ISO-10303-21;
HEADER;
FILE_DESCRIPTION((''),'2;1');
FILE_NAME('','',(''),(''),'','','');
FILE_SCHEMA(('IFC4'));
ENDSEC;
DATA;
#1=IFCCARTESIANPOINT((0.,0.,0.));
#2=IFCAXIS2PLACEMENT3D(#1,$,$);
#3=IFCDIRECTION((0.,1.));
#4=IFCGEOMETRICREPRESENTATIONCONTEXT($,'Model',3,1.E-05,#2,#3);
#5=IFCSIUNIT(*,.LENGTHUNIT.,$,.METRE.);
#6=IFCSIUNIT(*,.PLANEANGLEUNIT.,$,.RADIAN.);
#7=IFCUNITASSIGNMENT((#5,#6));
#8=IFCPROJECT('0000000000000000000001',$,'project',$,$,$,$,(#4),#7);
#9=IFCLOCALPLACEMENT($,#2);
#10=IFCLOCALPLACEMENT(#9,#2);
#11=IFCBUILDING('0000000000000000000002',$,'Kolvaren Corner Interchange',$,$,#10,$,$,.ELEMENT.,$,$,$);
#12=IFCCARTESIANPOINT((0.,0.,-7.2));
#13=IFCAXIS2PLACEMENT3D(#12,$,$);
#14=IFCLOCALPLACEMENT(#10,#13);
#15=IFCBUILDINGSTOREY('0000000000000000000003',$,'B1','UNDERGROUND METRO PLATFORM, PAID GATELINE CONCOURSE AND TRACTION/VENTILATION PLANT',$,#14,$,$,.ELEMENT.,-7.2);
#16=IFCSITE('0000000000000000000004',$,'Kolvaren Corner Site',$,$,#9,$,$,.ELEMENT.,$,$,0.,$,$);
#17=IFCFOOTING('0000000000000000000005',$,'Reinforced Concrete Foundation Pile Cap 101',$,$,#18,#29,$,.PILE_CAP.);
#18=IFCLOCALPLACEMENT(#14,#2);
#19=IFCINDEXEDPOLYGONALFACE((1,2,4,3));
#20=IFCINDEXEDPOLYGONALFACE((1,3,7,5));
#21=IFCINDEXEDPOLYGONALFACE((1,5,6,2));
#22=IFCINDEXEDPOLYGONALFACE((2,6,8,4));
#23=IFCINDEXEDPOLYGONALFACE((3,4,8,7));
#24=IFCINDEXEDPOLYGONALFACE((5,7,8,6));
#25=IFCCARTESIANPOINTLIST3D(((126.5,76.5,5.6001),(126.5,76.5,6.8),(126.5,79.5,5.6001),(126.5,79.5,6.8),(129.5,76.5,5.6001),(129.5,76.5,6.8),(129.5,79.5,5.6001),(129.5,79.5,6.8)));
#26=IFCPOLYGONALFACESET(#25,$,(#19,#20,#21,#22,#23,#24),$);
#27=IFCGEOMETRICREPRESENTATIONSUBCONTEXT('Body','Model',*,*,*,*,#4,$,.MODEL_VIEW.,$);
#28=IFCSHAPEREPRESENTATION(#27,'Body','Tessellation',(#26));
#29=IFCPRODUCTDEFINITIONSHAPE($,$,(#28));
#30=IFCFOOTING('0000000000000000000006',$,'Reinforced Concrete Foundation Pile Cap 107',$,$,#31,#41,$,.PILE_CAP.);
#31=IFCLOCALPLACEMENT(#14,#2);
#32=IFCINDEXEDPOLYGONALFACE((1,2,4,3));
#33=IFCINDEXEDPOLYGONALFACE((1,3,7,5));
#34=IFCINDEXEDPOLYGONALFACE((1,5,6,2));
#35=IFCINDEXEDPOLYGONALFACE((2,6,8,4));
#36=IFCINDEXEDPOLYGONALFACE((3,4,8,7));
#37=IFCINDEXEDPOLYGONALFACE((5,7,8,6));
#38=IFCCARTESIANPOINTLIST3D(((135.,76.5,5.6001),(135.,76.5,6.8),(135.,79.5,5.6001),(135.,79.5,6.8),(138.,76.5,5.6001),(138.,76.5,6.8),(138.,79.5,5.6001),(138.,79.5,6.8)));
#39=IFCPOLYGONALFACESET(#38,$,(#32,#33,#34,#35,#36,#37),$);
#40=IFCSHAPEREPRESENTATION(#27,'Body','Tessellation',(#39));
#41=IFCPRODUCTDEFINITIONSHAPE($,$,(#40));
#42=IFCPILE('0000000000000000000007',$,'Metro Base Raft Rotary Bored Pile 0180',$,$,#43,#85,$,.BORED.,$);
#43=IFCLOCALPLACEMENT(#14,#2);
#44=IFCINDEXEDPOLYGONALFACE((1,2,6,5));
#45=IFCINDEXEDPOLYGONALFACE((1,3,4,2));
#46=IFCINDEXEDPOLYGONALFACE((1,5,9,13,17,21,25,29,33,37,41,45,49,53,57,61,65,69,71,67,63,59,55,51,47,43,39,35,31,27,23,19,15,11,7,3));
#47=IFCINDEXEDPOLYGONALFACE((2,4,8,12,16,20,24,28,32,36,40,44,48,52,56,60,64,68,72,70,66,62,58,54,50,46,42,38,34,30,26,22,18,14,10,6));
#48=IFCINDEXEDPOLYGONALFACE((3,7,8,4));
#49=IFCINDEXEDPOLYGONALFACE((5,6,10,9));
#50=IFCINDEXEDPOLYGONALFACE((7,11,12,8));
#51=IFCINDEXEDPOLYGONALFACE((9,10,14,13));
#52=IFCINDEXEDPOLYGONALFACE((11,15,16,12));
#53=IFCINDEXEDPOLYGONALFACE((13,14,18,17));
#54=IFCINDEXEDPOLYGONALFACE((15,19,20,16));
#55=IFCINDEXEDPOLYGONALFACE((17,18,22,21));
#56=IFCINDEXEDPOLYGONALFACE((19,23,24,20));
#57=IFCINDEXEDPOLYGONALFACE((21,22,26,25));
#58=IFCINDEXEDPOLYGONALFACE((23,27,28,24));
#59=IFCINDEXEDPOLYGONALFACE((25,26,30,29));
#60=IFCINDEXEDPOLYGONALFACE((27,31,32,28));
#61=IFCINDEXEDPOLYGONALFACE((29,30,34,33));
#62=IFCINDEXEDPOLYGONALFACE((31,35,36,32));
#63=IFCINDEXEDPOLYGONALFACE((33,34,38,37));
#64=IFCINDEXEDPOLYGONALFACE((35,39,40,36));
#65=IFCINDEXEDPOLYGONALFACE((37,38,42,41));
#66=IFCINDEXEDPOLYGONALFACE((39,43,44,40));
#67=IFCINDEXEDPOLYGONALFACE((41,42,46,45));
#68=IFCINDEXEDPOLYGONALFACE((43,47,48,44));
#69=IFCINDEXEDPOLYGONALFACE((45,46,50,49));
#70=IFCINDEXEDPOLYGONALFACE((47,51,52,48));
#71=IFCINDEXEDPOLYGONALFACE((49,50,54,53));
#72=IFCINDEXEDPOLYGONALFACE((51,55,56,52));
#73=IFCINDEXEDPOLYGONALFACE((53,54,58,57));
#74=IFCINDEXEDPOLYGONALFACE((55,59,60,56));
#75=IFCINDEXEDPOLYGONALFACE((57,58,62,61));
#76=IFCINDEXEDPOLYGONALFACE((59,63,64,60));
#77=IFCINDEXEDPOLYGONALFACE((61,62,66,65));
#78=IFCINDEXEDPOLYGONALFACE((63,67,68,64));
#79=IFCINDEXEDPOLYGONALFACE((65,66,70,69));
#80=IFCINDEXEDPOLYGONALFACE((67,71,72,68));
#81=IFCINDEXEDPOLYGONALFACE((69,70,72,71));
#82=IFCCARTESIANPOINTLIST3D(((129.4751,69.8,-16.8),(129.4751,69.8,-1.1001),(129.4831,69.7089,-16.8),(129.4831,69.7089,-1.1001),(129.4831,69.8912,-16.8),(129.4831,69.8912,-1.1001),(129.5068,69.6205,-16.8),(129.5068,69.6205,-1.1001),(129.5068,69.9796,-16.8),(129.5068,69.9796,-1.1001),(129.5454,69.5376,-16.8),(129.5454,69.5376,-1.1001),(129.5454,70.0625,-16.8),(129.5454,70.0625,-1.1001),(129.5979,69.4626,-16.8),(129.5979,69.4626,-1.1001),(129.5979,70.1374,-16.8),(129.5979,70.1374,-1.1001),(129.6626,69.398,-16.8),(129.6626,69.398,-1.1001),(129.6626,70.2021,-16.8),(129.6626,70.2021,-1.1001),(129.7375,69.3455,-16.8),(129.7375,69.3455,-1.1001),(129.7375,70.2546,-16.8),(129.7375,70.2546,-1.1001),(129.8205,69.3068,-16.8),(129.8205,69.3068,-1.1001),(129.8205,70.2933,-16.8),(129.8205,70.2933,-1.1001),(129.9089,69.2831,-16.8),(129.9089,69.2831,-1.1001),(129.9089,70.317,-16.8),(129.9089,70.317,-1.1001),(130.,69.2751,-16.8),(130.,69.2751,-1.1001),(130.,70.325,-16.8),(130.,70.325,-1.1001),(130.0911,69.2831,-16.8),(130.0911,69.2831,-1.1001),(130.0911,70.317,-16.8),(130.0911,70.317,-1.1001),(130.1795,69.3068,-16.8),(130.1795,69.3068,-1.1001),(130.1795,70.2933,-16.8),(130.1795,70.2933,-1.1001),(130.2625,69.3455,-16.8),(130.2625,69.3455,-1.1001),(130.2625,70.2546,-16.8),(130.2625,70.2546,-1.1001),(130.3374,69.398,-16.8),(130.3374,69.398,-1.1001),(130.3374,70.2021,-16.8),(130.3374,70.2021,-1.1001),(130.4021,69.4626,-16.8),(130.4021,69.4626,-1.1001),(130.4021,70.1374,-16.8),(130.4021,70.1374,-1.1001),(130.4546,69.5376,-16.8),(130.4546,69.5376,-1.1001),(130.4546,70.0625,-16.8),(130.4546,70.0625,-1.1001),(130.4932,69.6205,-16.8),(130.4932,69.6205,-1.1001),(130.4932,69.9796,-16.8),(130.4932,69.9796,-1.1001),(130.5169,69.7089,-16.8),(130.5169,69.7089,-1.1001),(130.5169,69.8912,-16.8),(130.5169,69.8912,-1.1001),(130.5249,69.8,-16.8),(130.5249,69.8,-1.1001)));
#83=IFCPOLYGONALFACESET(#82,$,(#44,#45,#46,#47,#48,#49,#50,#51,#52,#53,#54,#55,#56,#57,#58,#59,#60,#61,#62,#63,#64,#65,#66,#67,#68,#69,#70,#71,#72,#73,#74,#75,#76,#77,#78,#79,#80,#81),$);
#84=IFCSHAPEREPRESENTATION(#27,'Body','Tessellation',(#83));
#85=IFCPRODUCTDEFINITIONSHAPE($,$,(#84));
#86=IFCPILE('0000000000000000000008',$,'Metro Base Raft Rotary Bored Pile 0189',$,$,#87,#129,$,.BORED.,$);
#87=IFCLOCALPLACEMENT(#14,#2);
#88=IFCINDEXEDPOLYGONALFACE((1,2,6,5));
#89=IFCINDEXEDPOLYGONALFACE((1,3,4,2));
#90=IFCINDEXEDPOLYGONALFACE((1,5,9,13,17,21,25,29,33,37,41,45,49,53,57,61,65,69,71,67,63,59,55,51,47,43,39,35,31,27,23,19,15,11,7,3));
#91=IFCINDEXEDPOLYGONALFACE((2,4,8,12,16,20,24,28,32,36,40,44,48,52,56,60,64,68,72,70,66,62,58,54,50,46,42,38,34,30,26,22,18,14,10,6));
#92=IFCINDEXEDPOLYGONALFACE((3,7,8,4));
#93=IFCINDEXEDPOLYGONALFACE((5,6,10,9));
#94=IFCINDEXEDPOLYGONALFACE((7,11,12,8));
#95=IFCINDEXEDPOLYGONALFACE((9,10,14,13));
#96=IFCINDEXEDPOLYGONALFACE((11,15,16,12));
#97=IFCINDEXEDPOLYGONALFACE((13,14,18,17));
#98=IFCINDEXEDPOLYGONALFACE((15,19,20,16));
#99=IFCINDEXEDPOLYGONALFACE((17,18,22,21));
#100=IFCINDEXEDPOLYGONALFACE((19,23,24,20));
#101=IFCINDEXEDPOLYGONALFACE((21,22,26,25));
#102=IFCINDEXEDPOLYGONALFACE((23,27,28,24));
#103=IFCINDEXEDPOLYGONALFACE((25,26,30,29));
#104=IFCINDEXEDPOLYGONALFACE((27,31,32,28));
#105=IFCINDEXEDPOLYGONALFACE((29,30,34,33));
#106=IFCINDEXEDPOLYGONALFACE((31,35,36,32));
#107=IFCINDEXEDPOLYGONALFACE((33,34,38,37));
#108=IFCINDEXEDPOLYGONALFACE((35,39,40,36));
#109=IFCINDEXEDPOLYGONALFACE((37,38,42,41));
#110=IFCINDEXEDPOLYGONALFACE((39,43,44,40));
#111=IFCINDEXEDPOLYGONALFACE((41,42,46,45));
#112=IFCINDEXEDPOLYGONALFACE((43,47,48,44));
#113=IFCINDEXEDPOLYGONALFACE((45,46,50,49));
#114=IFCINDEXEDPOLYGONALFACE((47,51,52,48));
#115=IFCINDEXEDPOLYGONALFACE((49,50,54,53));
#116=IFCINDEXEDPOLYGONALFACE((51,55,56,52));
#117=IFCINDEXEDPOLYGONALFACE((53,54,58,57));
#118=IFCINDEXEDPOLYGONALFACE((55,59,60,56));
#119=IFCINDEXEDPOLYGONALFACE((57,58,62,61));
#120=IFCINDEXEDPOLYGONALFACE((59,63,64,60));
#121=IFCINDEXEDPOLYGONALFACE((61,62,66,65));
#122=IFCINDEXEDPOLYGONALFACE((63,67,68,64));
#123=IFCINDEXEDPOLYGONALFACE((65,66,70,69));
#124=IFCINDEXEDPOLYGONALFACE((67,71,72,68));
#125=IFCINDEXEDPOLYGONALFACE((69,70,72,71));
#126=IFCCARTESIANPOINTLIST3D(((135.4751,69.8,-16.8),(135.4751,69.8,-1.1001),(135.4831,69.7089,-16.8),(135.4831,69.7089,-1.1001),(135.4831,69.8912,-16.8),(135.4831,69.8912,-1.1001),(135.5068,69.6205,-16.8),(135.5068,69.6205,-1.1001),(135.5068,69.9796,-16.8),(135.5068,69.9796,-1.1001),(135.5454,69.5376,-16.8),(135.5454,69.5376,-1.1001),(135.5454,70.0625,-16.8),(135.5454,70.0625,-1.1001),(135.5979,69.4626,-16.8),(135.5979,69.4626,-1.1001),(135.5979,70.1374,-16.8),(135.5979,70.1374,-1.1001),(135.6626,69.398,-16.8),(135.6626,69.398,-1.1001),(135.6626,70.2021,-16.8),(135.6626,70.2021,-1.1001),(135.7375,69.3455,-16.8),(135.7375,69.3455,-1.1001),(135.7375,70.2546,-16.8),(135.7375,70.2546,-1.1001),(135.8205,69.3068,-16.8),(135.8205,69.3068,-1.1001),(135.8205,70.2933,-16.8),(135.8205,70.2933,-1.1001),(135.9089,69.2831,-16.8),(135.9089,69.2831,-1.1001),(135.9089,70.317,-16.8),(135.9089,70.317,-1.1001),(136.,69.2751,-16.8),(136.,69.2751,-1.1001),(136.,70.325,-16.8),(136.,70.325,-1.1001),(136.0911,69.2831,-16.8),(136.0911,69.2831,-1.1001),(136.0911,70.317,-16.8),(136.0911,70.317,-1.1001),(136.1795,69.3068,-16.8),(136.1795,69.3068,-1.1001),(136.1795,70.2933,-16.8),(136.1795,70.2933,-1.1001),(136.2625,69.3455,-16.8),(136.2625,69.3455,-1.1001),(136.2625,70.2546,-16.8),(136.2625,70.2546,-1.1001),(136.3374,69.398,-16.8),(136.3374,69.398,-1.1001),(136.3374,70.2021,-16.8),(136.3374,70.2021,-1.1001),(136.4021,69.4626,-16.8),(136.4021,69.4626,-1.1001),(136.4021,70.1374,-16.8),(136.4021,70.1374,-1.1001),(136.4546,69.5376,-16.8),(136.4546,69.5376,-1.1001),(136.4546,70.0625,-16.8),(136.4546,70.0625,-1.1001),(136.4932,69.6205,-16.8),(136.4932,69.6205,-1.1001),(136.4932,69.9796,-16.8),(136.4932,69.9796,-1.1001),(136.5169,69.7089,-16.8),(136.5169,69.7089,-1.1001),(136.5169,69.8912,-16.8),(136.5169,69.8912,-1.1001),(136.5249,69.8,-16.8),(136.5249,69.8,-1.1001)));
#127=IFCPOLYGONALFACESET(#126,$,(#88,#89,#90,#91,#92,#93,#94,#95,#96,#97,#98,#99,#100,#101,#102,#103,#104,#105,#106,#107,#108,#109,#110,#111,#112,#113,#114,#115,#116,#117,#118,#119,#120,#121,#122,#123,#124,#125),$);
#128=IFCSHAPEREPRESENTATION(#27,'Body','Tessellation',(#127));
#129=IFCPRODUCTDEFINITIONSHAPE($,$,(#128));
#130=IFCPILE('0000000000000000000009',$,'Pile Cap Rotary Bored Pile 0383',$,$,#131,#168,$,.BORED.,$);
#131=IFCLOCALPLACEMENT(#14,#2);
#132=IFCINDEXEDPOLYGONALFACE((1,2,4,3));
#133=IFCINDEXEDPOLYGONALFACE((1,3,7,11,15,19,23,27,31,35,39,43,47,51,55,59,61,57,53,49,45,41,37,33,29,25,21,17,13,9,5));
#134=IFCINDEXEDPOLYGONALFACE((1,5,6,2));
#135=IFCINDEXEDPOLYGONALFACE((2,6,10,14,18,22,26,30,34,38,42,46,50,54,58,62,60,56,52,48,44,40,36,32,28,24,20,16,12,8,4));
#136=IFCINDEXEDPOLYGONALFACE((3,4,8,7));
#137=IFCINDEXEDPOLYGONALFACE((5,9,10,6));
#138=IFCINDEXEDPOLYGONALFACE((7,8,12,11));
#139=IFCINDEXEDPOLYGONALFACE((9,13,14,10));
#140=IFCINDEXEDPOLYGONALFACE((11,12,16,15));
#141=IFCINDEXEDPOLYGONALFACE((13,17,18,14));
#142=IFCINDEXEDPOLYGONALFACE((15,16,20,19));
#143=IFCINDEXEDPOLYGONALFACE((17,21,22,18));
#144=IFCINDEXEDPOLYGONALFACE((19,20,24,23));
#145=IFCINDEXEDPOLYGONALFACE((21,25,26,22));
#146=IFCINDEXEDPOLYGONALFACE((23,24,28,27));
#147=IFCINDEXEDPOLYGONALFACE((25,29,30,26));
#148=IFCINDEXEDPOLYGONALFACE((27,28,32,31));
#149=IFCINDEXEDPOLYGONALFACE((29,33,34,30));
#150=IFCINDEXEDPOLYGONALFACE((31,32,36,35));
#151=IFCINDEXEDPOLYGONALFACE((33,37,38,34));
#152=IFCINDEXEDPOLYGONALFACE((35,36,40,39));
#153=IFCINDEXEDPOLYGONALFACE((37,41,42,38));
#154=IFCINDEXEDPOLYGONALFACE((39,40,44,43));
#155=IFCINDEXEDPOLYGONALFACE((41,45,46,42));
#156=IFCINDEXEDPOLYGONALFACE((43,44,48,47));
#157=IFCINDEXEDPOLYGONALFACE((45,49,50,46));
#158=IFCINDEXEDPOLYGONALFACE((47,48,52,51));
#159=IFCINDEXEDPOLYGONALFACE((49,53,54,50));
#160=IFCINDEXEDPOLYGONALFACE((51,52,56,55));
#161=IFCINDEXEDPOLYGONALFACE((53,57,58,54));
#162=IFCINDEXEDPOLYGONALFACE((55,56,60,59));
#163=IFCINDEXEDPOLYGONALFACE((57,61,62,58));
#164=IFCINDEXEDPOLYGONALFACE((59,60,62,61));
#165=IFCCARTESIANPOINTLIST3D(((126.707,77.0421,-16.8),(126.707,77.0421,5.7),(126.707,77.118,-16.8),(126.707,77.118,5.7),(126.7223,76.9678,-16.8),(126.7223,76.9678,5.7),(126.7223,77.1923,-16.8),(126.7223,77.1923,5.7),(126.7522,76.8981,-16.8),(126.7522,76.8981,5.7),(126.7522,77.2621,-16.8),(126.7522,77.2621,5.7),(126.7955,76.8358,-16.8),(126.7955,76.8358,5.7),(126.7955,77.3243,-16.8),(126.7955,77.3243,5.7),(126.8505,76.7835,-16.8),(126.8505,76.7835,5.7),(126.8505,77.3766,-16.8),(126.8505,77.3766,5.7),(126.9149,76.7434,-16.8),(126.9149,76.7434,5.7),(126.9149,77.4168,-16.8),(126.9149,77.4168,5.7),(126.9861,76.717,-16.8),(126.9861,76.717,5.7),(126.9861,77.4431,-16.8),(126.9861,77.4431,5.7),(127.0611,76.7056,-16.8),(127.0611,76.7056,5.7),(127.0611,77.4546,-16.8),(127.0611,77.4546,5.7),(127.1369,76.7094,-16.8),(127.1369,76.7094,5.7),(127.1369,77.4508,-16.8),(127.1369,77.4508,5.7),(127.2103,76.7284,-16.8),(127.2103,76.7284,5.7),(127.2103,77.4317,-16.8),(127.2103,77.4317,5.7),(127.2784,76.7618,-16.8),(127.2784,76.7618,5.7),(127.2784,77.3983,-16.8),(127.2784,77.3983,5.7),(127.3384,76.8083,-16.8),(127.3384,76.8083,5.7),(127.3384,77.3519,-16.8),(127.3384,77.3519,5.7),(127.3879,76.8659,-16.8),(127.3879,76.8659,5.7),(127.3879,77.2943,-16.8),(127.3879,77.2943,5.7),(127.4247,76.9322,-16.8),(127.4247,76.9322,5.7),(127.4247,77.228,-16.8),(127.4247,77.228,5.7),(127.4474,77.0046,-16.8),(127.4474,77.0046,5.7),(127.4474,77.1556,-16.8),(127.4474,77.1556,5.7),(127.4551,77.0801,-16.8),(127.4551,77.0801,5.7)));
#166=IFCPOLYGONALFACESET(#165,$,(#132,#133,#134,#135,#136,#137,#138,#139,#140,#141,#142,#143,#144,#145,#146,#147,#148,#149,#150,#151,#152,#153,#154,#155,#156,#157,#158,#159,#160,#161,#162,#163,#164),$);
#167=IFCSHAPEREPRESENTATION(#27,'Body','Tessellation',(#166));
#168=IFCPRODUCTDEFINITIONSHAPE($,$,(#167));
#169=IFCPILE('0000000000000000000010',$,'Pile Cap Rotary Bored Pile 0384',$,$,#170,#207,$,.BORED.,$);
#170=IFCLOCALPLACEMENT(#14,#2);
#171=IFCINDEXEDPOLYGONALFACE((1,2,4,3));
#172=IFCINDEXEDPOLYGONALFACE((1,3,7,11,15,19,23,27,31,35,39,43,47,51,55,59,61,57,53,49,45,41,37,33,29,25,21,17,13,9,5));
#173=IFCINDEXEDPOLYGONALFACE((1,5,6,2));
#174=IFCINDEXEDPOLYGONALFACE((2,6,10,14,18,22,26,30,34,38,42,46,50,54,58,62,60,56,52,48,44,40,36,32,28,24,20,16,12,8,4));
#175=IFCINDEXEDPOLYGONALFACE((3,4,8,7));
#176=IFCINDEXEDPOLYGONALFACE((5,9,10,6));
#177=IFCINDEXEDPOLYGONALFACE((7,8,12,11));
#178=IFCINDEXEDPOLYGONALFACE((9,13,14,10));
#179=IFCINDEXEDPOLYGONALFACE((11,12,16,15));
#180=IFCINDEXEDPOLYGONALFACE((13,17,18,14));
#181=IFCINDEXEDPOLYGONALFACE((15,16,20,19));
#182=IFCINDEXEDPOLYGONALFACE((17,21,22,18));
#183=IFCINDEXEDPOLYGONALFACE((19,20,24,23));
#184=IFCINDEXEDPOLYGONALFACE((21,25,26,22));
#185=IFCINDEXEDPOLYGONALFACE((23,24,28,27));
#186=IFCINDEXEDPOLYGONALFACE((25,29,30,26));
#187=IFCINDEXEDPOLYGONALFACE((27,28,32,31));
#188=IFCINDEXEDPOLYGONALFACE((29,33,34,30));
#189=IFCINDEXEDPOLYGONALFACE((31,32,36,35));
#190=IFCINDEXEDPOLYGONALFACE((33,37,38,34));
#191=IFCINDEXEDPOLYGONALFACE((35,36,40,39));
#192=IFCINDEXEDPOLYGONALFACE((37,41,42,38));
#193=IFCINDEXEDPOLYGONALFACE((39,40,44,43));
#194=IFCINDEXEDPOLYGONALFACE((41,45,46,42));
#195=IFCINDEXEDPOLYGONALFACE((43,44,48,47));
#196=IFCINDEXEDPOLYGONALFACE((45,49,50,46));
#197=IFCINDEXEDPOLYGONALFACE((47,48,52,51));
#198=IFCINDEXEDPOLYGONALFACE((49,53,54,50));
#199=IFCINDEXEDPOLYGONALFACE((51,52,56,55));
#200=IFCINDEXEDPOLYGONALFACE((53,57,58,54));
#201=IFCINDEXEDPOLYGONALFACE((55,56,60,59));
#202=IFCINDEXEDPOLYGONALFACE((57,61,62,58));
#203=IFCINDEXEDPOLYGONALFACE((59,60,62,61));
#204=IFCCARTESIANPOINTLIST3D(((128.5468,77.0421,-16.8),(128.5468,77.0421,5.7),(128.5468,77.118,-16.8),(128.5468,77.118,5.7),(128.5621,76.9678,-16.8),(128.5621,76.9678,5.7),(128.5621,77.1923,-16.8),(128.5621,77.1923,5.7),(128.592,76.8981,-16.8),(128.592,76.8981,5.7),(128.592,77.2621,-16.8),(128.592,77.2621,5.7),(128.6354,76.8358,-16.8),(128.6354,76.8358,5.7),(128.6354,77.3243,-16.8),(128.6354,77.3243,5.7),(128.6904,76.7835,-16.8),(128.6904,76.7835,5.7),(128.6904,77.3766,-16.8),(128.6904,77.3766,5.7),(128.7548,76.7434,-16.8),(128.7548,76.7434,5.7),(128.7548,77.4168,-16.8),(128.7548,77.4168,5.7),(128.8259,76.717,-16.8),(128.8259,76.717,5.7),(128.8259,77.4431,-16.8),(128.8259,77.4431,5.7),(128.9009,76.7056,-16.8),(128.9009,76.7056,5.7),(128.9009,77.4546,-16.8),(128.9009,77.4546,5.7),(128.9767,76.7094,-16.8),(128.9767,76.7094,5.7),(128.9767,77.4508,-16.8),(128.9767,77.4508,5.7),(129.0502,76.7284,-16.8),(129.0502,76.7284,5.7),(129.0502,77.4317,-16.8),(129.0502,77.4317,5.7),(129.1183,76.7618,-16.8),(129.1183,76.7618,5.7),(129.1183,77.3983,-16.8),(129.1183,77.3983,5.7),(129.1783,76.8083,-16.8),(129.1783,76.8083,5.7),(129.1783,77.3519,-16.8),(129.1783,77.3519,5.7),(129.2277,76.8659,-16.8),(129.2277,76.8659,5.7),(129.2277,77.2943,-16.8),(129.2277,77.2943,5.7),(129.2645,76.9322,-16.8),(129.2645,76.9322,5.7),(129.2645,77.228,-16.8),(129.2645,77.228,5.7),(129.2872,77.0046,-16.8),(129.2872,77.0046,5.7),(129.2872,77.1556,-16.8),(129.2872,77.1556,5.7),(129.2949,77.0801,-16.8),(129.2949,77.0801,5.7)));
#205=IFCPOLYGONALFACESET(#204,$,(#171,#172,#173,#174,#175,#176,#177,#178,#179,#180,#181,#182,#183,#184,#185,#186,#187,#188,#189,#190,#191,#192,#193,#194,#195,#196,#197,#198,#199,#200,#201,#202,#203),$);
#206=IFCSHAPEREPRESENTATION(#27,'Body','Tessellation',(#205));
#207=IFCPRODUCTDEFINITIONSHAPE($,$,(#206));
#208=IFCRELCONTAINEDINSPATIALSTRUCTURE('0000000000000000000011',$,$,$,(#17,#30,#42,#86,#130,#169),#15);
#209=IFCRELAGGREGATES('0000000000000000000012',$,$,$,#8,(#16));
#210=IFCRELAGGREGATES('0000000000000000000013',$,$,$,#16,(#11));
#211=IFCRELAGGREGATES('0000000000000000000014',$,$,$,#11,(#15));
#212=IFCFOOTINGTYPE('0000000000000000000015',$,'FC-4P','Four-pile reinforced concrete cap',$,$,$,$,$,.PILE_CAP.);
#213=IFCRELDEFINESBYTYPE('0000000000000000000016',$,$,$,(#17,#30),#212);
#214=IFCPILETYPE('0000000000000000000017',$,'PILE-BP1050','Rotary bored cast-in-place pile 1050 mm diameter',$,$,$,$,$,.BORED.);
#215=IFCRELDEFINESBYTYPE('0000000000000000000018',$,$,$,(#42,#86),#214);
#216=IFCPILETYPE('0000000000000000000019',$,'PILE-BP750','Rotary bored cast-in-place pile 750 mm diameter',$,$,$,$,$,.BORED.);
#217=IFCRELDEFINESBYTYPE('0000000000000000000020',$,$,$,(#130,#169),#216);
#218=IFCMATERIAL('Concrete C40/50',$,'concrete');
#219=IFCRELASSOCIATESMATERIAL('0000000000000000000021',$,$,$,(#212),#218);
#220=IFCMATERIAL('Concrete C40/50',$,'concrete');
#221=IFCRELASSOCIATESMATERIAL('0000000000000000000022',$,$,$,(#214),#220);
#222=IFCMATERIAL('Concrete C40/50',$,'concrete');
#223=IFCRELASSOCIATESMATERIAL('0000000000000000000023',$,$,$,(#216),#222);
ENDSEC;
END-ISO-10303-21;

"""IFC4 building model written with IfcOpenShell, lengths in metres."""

from ifc_helpers import new_model, si_unit, direction, frame, origin, origin_2d, place, context, subcontext, project, spatial, rectangle, circle, extrude, material, material_profile, profile_set, type_object, element, save


model = new_model("IFC4")

# Units and contexts
model_context = context("Model", 3, precision=1e-05, world=origin(), true_north=direction((0.0, 1.0)))
body_context = subcontext(model_context, "Body", "Model", "MODEL_VIEW")
ifc_project = project(units=[si_unit("LENGTHUNIT", "METRE"), si_unit("PLANEANGLEUNIT", "RADIAN")], contexts=[model_context])

# Site, building, storey
site_placement = place(None, origin())
site = spatial("IfcSite", under=ifc_project, at=site_placement, Name="Kolvaren Corner Site", CompositionType="ELEMENT", RefElevation=0.0)
building_placement = place(site_placement, origin())
building = spatial("IfcBuilding", under=site, at=building_placement, Name="Kolvaren Corner Interchange", CompositionType="ELEMENT")
storey_placement = place(building_placement, frame((0.0, 0.0, -7.2)))
storey = spatial("IfcBuildingStorey", under=building, at=storey_placement, Name="B1", Description="UNDERGROUND METRO PLATFORM, PAID GATELINE CONCOURSE AND TRACTION/VENTILATION PLANT", CompositionType="ELEMENT", Elevation=-7.2)

# Footings
ifc_material_1 = material(Name="Concrete C40/50", Category="concrete")
footing_type = type_object("IfcFootingType", Name="FC-4P", Description="Four-pile reinforced concrete cap", PredefinedType="PILE_CAP", material=ifc_material_1)
for number, where, z_axis, x_axis, name in (
    (1, (128.0, 78.0, 5.6001), (0.0, 0.0, 1.0), (1.0, 0.0, 0.0), "Reinforced Concrete Foundation Pile Cap 101"),
    (2, (136.5, 78.0, 5.6001), (0.0, 0.0, 1.0), (1.0, 0.0, 0.0), "Reinforced Concrete Foundation Pile Cap 107"),
):
    element("IfcFooting", number, at=place(storey_placement, frame(where, z_axis=z_axis, x_axis=x_axis)), inside=storey, type_object=footing_type, Name=name, PredefinedType="PILE_CAP", context=body_context, shape_type="SweptSolid", body=[
        extrude(rectangle(XDim=3.0, YDim=3.0, at=origin_2d()), origin(), (0.0, 0.0, 1.0), 1.2),
    ])

# Piles
ifc_material_2 = material(Name="Concrete C40/50", Category="concrete")
ifc_material_profile_1 = material_profile(ifc_material_2, circle(Radius=0.5249, at=origin_2d()), Name="BORED PILE 1050")
ifc_profile_set_1 = profile_set([ifc_material_profile_1], Name="Concrete C40/50")
pile_type_1 = type_object("IfcPileType", Name="PILE-BP1050", Description="Rotary bored cast-in-place pile 1050 mm diameter", PredefinedType="BORED", material=ifc_profile_set_1)
for number, where, z_axis, x_axis, name in (
    (3, (130.0, 69.8, -1.1001), (0.0, 0.0, -1.0), (1.0, 0.0, 0.0), "Metro Base Raft Rotary Bored Pile 0180"),
    (4, (136.0, 69.8, -1.1001), (0.0, 0.0, -1.0), (1.0, 0.0, 0.0), "Metro Base Raft Rotary Bored Pile 0189"),
):
    element("IfcPile", number, at=place(storey_placement, frame(where, z_axis=z_axis, x_axis=x_axis)), inside=storey, type_object=pile_type_1, Name=name, PredefinedType="BORED", context=body_context, shape_type="SweptSolid", body=[
        extrude(circle(Radius=0.5249, at=origin_2d()), origin(), (0.0, 0.0, 1.0), 15.7),
    ])
ifc_material_3 = material(Name="Concrete C40/50", Category="concrete")
ifc_material_profile_2 = material_profile(ifc_material_3, circle(Radius=0.375, at=origin_2d()), Name="BORED PILE 750")
ifc_profile_set_2 = profile_set([ifc_material_profile_2], Name="Concrete C40/50")
pile_type_2 = type_object("IfcPileType", Name="PILE-BP750", Description="Rotary bored cast-in-place pile 750 mm diameter", PredefinedType="BORED", material=ifc_profile_set_2)
for number, where, z_axis, x_axis, name in (
    (5, (127.0801, 77.0801, 5.7), (0.0, 0.0, -1.0), (1.0, 0.0, 0.0), "Pile Cap Rotary Bored Pile 0383"),
    (6, (128.9199, 77.0801, 5.7), (0.0, 0.0, -1.0), (1.0, 0.0, 0.0), "Pile Cap Rotary Bored Pile 0384"),
):
    element("IfcPile", number, at=place(storey_placement, frame(where, z_axis=z_axis, x_axis=x_axis)), inside=storey, type_object=pile_type_2, Name=name, PredefinedType="BORED", context=body_context, shape_type="SweptSolid", body=[
        extrude(circle(Radius=0.375, at=origin_2d()), origin(), (0.0, 0.0, 1.0), 22.5),
    ])

save(model, "model.ifc")
